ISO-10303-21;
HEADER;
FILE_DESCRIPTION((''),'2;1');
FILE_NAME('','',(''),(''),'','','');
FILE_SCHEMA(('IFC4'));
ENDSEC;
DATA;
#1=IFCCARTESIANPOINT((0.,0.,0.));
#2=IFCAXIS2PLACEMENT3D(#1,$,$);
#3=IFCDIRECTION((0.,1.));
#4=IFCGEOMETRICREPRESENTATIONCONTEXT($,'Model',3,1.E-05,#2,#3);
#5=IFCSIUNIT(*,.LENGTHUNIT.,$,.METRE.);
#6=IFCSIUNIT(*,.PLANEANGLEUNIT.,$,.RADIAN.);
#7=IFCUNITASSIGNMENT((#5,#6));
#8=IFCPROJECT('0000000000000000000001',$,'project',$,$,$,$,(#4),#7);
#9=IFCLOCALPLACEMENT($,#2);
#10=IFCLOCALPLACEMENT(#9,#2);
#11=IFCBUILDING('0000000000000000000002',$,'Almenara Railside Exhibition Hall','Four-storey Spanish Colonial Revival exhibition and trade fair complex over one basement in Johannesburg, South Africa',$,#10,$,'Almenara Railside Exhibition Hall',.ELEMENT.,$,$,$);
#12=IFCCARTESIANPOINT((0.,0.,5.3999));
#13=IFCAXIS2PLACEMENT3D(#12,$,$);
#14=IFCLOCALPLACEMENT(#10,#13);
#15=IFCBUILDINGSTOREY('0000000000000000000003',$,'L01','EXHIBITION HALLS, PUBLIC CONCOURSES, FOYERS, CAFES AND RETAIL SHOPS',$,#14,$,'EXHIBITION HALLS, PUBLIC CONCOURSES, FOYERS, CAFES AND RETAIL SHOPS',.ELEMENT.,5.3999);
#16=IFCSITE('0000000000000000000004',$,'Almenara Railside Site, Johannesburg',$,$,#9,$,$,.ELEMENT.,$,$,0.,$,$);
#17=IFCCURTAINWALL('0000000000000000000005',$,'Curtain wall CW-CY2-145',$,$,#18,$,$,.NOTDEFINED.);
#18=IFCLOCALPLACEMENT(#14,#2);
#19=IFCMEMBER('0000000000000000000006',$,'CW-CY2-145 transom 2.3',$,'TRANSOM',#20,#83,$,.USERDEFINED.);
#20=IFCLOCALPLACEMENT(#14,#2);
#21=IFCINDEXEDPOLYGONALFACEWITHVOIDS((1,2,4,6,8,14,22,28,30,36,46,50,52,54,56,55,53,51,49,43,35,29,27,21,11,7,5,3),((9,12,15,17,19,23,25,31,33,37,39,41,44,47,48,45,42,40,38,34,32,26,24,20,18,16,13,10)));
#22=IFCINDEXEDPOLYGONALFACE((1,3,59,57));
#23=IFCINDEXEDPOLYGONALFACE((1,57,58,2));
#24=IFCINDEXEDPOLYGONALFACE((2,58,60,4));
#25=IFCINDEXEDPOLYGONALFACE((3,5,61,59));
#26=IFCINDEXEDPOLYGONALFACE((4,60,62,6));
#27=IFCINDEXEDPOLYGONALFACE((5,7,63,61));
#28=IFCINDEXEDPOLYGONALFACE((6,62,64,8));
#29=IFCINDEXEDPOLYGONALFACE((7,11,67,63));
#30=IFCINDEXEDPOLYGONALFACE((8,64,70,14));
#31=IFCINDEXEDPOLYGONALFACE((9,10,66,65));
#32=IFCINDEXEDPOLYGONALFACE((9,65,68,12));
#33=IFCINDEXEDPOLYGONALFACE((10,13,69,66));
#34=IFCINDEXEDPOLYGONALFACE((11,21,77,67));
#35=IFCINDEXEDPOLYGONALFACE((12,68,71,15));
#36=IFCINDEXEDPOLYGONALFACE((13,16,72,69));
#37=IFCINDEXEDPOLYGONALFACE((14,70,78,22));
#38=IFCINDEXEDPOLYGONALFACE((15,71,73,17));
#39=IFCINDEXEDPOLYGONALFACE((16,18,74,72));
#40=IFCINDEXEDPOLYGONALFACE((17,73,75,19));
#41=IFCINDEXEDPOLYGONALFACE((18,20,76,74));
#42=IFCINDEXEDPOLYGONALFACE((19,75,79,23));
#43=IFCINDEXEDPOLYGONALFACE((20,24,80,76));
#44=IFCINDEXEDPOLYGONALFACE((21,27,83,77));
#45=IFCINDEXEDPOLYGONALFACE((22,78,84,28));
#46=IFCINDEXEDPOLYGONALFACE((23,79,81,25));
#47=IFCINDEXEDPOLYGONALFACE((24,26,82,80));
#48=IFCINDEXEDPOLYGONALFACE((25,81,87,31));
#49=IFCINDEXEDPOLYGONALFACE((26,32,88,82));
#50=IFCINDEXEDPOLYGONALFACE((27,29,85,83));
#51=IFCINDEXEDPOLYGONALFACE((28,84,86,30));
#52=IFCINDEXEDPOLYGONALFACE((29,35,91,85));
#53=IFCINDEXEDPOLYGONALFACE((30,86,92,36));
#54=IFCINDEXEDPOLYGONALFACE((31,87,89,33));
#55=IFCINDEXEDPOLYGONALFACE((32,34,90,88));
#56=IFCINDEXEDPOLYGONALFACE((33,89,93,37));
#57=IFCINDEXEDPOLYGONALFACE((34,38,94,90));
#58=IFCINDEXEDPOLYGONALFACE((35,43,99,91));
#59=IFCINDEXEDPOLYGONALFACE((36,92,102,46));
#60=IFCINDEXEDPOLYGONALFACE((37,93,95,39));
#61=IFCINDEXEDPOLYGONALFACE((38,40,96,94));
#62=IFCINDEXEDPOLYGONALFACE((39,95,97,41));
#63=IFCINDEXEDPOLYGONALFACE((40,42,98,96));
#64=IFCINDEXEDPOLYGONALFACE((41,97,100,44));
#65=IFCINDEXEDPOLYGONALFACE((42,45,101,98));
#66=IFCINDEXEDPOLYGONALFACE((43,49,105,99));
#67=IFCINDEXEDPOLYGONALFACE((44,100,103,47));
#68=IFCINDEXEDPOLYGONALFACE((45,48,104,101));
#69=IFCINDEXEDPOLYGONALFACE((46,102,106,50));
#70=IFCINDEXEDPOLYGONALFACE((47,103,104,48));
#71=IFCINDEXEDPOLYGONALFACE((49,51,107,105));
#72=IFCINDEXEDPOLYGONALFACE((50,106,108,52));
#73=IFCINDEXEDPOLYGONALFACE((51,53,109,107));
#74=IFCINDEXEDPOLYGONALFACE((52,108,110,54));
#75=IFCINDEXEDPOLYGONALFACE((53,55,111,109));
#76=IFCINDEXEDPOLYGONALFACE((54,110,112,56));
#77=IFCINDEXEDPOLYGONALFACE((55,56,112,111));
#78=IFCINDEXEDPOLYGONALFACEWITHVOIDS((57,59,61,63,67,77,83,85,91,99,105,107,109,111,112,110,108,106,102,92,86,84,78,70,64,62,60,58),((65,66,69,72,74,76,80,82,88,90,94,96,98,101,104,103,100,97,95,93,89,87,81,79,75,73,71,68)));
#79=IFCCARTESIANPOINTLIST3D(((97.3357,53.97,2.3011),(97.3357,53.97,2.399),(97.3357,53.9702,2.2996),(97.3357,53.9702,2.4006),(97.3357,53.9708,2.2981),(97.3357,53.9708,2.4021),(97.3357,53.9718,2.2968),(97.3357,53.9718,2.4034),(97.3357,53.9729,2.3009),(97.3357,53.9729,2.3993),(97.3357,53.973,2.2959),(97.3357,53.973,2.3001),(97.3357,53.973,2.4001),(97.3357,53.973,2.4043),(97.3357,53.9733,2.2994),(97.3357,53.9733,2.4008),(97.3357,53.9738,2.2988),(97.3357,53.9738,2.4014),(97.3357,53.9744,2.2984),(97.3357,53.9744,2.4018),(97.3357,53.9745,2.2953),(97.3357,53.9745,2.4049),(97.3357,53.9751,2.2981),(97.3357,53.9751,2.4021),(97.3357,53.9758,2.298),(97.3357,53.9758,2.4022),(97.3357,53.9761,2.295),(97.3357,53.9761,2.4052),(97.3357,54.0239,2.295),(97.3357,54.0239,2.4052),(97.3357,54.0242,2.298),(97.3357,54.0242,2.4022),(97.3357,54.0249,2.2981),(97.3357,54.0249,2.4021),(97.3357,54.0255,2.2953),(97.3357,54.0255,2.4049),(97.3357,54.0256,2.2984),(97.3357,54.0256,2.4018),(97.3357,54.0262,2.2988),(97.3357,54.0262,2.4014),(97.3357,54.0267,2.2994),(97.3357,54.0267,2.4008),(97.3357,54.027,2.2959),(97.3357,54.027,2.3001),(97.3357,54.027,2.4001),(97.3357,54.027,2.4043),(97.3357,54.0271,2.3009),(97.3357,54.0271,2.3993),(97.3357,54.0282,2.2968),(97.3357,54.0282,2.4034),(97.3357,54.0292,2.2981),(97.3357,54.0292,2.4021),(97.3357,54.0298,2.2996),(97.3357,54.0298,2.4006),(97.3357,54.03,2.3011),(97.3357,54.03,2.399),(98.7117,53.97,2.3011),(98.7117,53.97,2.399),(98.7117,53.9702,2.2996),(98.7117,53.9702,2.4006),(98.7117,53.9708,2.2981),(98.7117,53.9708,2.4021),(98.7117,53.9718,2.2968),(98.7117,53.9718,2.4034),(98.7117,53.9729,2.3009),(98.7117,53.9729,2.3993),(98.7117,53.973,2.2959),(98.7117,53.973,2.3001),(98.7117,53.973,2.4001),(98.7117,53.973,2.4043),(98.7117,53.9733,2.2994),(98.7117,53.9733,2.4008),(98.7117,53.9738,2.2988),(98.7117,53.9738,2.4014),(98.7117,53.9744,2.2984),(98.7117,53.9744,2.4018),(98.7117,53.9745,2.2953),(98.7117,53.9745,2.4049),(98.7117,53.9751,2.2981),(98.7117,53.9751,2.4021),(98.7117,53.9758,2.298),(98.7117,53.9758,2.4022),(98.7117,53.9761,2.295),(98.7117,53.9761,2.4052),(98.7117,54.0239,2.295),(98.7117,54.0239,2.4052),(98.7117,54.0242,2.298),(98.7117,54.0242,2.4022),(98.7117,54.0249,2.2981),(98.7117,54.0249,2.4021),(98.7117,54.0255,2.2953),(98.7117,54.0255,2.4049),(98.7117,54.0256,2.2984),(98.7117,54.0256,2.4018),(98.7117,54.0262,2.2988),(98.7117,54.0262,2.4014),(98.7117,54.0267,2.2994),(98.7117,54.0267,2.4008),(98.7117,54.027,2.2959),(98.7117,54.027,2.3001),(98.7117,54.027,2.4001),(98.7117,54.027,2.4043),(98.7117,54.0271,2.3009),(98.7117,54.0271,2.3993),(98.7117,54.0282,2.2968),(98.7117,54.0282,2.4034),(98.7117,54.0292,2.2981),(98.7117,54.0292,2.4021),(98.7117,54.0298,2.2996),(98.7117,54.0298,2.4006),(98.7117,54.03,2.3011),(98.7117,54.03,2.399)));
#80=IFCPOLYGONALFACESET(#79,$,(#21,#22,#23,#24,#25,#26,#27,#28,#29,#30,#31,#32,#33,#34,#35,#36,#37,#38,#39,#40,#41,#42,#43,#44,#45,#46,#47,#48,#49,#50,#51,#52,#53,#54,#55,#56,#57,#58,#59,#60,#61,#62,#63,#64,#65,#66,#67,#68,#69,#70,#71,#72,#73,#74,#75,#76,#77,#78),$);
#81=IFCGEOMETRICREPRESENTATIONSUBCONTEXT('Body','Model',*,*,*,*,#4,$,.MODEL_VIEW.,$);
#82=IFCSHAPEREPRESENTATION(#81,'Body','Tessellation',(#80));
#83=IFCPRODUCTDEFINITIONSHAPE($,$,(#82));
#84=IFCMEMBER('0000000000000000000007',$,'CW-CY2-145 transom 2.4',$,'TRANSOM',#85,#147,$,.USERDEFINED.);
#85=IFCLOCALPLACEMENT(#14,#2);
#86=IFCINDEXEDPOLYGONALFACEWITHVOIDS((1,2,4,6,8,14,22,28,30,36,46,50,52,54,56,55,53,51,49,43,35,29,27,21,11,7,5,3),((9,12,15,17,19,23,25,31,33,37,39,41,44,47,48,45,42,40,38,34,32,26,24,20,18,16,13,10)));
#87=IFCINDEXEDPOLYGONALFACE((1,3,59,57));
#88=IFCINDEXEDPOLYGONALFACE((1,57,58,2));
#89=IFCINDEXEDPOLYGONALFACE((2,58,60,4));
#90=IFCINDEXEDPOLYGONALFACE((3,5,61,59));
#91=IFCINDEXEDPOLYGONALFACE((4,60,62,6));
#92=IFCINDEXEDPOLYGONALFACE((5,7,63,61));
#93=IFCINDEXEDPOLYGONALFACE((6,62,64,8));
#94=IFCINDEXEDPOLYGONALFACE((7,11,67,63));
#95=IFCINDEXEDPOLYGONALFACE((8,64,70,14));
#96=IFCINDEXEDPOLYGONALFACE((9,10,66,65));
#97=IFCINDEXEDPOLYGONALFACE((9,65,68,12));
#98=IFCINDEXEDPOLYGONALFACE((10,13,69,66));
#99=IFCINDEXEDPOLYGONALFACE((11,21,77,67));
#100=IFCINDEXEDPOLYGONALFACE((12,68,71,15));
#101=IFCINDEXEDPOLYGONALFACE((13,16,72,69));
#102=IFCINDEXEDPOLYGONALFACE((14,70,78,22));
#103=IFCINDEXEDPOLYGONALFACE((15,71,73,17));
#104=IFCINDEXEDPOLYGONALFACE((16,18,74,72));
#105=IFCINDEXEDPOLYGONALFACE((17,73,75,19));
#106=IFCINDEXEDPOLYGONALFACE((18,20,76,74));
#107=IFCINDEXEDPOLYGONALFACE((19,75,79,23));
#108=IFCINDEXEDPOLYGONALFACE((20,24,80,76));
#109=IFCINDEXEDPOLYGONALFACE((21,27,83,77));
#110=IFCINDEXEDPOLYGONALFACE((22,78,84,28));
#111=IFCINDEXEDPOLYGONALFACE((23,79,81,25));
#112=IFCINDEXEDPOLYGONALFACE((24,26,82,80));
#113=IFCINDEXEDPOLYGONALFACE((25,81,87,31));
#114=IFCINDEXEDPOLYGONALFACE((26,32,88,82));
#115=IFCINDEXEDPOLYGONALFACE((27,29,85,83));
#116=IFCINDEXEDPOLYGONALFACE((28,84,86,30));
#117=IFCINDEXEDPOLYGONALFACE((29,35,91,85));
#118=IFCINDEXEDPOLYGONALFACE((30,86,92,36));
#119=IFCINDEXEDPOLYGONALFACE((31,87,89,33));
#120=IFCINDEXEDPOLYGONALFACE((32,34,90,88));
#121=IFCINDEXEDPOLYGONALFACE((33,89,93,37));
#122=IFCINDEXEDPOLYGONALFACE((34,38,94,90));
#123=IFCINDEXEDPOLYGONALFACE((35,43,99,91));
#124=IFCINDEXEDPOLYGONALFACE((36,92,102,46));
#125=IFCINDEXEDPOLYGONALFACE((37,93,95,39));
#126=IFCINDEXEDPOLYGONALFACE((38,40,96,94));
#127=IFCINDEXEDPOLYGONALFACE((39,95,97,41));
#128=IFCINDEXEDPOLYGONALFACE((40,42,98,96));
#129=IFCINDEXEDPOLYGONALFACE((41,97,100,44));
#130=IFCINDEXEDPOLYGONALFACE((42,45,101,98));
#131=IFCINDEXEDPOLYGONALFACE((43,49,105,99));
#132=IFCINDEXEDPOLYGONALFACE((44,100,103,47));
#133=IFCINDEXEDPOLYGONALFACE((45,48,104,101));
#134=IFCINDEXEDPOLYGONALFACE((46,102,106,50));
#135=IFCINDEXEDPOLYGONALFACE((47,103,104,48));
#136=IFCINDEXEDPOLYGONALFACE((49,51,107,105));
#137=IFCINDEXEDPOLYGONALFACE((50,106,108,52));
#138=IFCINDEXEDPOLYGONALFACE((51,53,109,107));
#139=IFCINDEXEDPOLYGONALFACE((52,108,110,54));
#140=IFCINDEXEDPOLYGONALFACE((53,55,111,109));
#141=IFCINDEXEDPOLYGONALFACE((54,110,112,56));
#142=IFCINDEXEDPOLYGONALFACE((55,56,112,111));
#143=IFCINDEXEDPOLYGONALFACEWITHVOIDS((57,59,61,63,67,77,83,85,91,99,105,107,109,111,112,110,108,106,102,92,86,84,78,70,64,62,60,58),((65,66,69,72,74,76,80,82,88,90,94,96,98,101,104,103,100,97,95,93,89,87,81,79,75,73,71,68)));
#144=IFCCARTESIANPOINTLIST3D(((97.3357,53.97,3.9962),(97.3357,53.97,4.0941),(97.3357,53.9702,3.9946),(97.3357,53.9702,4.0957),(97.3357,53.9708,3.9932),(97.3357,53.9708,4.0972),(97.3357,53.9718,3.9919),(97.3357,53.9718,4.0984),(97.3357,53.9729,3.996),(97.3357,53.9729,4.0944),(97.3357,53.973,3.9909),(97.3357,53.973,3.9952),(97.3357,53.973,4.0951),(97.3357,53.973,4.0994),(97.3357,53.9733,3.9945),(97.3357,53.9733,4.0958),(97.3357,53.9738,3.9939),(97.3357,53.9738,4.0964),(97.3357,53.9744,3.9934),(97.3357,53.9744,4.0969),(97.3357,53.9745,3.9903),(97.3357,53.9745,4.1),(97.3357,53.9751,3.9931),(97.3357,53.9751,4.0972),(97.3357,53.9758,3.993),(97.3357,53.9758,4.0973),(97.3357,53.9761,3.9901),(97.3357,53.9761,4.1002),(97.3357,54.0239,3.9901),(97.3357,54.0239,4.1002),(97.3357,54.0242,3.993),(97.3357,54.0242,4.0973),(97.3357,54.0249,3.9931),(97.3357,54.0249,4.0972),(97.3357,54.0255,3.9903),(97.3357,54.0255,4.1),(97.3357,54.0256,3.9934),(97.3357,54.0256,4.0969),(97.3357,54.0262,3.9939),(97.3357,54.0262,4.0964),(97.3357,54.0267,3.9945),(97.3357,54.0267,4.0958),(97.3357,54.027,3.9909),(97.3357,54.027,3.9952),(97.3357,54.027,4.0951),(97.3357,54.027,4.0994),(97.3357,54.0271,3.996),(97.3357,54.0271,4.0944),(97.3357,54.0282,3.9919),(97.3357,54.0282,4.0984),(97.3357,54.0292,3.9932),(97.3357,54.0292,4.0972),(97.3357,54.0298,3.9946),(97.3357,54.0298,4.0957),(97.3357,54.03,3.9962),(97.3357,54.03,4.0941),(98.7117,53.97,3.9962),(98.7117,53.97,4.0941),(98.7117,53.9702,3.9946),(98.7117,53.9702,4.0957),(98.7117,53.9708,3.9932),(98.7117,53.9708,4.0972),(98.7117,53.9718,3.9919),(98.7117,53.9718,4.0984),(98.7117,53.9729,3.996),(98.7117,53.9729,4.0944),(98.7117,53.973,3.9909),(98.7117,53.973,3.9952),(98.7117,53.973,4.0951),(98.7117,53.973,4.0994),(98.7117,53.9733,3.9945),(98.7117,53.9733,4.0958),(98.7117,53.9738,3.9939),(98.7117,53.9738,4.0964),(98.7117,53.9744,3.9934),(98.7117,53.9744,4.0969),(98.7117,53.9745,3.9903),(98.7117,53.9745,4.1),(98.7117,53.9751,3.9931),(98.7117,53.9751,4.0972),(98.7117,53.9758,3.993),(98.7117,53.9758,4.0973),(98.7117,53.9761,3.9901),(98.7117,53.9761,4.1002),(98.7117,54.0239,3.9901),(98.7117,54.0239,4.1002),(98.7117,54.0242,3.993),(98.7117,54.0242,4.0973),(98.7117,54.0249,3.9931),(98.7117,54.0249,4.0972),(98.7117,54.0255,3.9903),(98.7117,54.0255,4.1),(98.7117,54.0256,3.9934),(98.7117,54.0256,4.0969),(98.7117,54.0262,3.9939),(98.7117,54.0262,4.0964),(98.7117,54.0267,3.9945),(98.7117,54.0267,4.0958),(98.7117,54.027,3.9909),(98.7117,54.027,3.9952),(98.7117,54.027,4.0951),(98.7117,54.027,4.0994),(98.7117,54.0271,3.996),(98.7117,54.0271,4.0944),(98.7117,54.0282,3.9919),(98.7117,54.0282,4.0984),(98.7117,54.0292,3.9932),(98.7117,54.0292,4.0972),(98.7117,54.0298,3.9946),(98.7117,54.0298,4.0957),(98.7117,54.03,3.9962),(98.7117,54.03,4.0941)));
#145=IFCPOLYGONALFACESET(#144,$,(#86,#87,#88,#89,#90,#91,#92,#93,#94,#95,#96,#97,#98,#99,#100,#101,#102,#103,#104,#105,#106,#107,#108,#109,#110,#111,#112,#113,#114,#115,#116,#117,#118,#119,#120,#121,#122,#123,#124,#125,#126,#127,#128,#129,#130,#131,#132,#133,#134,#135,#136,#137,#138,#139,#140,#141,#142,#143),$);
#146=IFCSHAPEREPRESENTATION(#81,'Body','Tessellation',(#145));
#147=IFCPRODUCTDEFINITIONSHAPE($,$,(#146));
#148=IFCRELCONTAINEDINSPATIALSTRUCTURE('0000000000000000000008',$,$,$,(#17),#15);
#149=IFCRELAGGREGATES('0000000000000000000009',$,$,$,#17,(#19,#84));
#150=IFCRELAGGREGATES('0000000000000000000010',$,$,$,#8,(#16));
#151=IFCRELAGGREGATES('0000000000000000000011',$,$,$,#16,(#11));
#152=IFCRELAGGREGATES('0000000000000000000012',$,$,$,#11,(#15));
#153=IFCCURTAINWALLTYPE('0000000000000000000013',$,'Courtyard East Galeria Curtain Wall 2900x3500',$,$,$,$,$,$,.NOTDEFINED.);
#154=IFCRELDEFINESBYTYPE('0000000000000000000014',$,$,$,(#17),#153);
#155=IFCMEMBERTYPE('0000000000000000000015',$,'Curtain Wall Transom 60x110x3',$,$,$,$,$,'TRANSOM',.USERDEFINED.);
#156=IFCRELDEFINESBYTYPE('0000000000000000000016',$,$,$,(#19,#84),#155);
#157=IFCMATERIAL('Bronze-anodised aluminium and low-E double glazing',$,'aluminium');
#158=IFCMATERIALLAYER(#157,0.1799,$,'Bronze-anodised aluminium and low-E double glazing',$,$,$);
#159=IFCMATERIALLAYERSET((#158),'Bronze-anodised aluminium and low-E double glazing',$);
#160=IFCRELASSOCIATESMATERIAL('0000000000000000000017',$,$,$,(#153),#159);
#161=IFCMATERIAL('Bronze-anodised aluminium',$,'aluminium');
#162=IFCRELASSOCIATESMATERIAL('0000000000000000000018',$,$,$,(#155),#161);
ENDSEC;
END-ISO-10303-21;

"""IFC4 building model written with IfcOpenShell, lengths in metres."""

from ifc_helpers import new_model, si_unit, direction, frame, origin, origin_2d, place, context, subcontext, project, spatial, hollow_rectangle, extrude, material, layer, layer_set, material_profile, profile_set, type_object, element, aggregate, save


model = new_model("IFC4")

# Units and contexts
model_context = context("Model", 3, precision=1e-05, world=origin(), true_north=direction((0.0, 1.0)))
body_context = subcontext(model_context, "Body", "Model", "MODEL_VIEW")
ifc_project = project(units=[si_unit("LENGTHUNIT", "METRE"), si_unit("PLANEANGLEUNIT", "RADIAN")], contexts=[model_context])

# Site, building, storey
site_placement = place(None, origin())
site = spatial("IfcSite", under=ifc_project, at=site_placement, Name="Almenara Railside Site, Johannesburg", CompositionType="ELEMENT", RefElevation=0.0)
building_placement = place(site_placement, origin())
building = spatial("IfcBuilding", under=site, at=building_placement, Name="Almenara Railside Exhibition Hall", Description="Four-storey Spanish Colonial Revival exhibition and trade fair complex over one basement in Johannesburg, South Africa", LongName="Almenara Railside Exhibition Hall", CompositionType="ELEMENT")
storey_placement = place(building_placement, frame((0.0, 0.0, 5.3999)))
storey = spatial("IfcBuildingStorey", under=building, at=storey_placement, Name="L01", Description="EXHIBITION HALLS, PUBLIC CONCOURSES, FOYERS, CAFES AND RETAIL SHOPS", LongName="EXHIBITION HALLS, PUBLIC CONCOURSES, FOYERS, CAFES AND RETAIL SHOPS", CompositionType="ELEMENT", Elevation=5.3999)

# Curtain wall
ifc_material_1 = material(Name="Bronze-anodised aluminium and low-E double glazing", Category="aluminium")
ifc_layer_1 = layer(ifc_material_1, 0.1799, Name="Bronze-anodised aluminium and low-E double glazing")
ifc_layer_set_1 = layer_set([ifc_layer_1], Name="Bronze-anodised aluminium and low-E double glazing")
curtain_wall_type = type_object("IfcCurtainWallType", Name="Courtyard East Galeria Curtain Wall 2900x3500", PredefinedType="NOTDEFINED", material=ifc_layer_set_1)
curtain_wall_1_placement = place(storey_placement, origin())
curtain_wall_1 = element("IfcCurtainWall", 1, at=curtain_wall_1_placement, inside=storey, type_object=curtain_wall_type, Name="Curtain wall CW-CY2-145", PredefinedType="NOTDEFINED")
ifc_material_2 = material(Name="Bronze-anodised aluminium", Category="aluminium")

# Members
ifc_material_profile_1 = material_profile(ifc_material_2, hollow_rectangle(XDim=0.0601, YDim=0.1101, WallThickness=0.0029, InnerFilletRadius=0.0029, OuterFilletRadius=0.0061, at=origin_2d()), Name="ALU-TRN 60x110x3")
ifc_profile_set_1 = profile_set([ifc_material_profile_1], Name="Bronze-anodised aluminium")
member_type_1 = type_object("IfcMemberType", Name="Curtain Wall Transom 60x110x3", ElementType="TRANSOM", PredefinedType="USERDEFINED", material=ifc_profile_set_1)
member_1_placement = place(storey_placement, frame((97.3357, 54.0, 2.3501), z_axis=(1.0, 0.0, 0.0), x_axis=(0.0, 1.0, 0.0)))
member_1 = element("IfcMember", 2, at=member_1_placement, type_object=member_type_1, Name="CW-CY2-145 transom 2.3", ObjectType="TRANSOM", PredefinedType="USERDEFINED", context=body_context, shape_type="SweptSolid", body=[
    extrude(hollow_rectangle(XDim=0.0601, YDim=0.1101, WallThickness=0.0029, InnerFilletRadius=0.0029, OuterFilletRadius=0.0061, at=origin_2d()), origin(), (0.0, 0.0, 1.0), 1.376),
])
member_2_placement = place(storey_placement, frame((97.3357, 54.0, 4.0452), z_axis=(1.0, 0.0, 0.0), x_axis=(0.0, 1.0, 0.0)))
member_2 = element("IfcMember", 3, at=member_2_placement, type_object=member_type_1, Name="CW-CY2-145 transom 2.4", ObjectType="TRANSOM", PredefinedType="USERDEFINED", context=body_context, shape_type="SweptSolid", body=[
    extrude(hollow_rectangle(XDim=0.0601, YDim=0.1101, WallThickness=0.0029, InnerFilletRadius=0.0029, OuterFilletRadius=0.0061, at=origin_2d()), origin(), (0.0, 0.0, 1.0), 1.376),
])

aggregate(curtain_wall_1, [member_1, member_2])

save(model, "model.ifc")
